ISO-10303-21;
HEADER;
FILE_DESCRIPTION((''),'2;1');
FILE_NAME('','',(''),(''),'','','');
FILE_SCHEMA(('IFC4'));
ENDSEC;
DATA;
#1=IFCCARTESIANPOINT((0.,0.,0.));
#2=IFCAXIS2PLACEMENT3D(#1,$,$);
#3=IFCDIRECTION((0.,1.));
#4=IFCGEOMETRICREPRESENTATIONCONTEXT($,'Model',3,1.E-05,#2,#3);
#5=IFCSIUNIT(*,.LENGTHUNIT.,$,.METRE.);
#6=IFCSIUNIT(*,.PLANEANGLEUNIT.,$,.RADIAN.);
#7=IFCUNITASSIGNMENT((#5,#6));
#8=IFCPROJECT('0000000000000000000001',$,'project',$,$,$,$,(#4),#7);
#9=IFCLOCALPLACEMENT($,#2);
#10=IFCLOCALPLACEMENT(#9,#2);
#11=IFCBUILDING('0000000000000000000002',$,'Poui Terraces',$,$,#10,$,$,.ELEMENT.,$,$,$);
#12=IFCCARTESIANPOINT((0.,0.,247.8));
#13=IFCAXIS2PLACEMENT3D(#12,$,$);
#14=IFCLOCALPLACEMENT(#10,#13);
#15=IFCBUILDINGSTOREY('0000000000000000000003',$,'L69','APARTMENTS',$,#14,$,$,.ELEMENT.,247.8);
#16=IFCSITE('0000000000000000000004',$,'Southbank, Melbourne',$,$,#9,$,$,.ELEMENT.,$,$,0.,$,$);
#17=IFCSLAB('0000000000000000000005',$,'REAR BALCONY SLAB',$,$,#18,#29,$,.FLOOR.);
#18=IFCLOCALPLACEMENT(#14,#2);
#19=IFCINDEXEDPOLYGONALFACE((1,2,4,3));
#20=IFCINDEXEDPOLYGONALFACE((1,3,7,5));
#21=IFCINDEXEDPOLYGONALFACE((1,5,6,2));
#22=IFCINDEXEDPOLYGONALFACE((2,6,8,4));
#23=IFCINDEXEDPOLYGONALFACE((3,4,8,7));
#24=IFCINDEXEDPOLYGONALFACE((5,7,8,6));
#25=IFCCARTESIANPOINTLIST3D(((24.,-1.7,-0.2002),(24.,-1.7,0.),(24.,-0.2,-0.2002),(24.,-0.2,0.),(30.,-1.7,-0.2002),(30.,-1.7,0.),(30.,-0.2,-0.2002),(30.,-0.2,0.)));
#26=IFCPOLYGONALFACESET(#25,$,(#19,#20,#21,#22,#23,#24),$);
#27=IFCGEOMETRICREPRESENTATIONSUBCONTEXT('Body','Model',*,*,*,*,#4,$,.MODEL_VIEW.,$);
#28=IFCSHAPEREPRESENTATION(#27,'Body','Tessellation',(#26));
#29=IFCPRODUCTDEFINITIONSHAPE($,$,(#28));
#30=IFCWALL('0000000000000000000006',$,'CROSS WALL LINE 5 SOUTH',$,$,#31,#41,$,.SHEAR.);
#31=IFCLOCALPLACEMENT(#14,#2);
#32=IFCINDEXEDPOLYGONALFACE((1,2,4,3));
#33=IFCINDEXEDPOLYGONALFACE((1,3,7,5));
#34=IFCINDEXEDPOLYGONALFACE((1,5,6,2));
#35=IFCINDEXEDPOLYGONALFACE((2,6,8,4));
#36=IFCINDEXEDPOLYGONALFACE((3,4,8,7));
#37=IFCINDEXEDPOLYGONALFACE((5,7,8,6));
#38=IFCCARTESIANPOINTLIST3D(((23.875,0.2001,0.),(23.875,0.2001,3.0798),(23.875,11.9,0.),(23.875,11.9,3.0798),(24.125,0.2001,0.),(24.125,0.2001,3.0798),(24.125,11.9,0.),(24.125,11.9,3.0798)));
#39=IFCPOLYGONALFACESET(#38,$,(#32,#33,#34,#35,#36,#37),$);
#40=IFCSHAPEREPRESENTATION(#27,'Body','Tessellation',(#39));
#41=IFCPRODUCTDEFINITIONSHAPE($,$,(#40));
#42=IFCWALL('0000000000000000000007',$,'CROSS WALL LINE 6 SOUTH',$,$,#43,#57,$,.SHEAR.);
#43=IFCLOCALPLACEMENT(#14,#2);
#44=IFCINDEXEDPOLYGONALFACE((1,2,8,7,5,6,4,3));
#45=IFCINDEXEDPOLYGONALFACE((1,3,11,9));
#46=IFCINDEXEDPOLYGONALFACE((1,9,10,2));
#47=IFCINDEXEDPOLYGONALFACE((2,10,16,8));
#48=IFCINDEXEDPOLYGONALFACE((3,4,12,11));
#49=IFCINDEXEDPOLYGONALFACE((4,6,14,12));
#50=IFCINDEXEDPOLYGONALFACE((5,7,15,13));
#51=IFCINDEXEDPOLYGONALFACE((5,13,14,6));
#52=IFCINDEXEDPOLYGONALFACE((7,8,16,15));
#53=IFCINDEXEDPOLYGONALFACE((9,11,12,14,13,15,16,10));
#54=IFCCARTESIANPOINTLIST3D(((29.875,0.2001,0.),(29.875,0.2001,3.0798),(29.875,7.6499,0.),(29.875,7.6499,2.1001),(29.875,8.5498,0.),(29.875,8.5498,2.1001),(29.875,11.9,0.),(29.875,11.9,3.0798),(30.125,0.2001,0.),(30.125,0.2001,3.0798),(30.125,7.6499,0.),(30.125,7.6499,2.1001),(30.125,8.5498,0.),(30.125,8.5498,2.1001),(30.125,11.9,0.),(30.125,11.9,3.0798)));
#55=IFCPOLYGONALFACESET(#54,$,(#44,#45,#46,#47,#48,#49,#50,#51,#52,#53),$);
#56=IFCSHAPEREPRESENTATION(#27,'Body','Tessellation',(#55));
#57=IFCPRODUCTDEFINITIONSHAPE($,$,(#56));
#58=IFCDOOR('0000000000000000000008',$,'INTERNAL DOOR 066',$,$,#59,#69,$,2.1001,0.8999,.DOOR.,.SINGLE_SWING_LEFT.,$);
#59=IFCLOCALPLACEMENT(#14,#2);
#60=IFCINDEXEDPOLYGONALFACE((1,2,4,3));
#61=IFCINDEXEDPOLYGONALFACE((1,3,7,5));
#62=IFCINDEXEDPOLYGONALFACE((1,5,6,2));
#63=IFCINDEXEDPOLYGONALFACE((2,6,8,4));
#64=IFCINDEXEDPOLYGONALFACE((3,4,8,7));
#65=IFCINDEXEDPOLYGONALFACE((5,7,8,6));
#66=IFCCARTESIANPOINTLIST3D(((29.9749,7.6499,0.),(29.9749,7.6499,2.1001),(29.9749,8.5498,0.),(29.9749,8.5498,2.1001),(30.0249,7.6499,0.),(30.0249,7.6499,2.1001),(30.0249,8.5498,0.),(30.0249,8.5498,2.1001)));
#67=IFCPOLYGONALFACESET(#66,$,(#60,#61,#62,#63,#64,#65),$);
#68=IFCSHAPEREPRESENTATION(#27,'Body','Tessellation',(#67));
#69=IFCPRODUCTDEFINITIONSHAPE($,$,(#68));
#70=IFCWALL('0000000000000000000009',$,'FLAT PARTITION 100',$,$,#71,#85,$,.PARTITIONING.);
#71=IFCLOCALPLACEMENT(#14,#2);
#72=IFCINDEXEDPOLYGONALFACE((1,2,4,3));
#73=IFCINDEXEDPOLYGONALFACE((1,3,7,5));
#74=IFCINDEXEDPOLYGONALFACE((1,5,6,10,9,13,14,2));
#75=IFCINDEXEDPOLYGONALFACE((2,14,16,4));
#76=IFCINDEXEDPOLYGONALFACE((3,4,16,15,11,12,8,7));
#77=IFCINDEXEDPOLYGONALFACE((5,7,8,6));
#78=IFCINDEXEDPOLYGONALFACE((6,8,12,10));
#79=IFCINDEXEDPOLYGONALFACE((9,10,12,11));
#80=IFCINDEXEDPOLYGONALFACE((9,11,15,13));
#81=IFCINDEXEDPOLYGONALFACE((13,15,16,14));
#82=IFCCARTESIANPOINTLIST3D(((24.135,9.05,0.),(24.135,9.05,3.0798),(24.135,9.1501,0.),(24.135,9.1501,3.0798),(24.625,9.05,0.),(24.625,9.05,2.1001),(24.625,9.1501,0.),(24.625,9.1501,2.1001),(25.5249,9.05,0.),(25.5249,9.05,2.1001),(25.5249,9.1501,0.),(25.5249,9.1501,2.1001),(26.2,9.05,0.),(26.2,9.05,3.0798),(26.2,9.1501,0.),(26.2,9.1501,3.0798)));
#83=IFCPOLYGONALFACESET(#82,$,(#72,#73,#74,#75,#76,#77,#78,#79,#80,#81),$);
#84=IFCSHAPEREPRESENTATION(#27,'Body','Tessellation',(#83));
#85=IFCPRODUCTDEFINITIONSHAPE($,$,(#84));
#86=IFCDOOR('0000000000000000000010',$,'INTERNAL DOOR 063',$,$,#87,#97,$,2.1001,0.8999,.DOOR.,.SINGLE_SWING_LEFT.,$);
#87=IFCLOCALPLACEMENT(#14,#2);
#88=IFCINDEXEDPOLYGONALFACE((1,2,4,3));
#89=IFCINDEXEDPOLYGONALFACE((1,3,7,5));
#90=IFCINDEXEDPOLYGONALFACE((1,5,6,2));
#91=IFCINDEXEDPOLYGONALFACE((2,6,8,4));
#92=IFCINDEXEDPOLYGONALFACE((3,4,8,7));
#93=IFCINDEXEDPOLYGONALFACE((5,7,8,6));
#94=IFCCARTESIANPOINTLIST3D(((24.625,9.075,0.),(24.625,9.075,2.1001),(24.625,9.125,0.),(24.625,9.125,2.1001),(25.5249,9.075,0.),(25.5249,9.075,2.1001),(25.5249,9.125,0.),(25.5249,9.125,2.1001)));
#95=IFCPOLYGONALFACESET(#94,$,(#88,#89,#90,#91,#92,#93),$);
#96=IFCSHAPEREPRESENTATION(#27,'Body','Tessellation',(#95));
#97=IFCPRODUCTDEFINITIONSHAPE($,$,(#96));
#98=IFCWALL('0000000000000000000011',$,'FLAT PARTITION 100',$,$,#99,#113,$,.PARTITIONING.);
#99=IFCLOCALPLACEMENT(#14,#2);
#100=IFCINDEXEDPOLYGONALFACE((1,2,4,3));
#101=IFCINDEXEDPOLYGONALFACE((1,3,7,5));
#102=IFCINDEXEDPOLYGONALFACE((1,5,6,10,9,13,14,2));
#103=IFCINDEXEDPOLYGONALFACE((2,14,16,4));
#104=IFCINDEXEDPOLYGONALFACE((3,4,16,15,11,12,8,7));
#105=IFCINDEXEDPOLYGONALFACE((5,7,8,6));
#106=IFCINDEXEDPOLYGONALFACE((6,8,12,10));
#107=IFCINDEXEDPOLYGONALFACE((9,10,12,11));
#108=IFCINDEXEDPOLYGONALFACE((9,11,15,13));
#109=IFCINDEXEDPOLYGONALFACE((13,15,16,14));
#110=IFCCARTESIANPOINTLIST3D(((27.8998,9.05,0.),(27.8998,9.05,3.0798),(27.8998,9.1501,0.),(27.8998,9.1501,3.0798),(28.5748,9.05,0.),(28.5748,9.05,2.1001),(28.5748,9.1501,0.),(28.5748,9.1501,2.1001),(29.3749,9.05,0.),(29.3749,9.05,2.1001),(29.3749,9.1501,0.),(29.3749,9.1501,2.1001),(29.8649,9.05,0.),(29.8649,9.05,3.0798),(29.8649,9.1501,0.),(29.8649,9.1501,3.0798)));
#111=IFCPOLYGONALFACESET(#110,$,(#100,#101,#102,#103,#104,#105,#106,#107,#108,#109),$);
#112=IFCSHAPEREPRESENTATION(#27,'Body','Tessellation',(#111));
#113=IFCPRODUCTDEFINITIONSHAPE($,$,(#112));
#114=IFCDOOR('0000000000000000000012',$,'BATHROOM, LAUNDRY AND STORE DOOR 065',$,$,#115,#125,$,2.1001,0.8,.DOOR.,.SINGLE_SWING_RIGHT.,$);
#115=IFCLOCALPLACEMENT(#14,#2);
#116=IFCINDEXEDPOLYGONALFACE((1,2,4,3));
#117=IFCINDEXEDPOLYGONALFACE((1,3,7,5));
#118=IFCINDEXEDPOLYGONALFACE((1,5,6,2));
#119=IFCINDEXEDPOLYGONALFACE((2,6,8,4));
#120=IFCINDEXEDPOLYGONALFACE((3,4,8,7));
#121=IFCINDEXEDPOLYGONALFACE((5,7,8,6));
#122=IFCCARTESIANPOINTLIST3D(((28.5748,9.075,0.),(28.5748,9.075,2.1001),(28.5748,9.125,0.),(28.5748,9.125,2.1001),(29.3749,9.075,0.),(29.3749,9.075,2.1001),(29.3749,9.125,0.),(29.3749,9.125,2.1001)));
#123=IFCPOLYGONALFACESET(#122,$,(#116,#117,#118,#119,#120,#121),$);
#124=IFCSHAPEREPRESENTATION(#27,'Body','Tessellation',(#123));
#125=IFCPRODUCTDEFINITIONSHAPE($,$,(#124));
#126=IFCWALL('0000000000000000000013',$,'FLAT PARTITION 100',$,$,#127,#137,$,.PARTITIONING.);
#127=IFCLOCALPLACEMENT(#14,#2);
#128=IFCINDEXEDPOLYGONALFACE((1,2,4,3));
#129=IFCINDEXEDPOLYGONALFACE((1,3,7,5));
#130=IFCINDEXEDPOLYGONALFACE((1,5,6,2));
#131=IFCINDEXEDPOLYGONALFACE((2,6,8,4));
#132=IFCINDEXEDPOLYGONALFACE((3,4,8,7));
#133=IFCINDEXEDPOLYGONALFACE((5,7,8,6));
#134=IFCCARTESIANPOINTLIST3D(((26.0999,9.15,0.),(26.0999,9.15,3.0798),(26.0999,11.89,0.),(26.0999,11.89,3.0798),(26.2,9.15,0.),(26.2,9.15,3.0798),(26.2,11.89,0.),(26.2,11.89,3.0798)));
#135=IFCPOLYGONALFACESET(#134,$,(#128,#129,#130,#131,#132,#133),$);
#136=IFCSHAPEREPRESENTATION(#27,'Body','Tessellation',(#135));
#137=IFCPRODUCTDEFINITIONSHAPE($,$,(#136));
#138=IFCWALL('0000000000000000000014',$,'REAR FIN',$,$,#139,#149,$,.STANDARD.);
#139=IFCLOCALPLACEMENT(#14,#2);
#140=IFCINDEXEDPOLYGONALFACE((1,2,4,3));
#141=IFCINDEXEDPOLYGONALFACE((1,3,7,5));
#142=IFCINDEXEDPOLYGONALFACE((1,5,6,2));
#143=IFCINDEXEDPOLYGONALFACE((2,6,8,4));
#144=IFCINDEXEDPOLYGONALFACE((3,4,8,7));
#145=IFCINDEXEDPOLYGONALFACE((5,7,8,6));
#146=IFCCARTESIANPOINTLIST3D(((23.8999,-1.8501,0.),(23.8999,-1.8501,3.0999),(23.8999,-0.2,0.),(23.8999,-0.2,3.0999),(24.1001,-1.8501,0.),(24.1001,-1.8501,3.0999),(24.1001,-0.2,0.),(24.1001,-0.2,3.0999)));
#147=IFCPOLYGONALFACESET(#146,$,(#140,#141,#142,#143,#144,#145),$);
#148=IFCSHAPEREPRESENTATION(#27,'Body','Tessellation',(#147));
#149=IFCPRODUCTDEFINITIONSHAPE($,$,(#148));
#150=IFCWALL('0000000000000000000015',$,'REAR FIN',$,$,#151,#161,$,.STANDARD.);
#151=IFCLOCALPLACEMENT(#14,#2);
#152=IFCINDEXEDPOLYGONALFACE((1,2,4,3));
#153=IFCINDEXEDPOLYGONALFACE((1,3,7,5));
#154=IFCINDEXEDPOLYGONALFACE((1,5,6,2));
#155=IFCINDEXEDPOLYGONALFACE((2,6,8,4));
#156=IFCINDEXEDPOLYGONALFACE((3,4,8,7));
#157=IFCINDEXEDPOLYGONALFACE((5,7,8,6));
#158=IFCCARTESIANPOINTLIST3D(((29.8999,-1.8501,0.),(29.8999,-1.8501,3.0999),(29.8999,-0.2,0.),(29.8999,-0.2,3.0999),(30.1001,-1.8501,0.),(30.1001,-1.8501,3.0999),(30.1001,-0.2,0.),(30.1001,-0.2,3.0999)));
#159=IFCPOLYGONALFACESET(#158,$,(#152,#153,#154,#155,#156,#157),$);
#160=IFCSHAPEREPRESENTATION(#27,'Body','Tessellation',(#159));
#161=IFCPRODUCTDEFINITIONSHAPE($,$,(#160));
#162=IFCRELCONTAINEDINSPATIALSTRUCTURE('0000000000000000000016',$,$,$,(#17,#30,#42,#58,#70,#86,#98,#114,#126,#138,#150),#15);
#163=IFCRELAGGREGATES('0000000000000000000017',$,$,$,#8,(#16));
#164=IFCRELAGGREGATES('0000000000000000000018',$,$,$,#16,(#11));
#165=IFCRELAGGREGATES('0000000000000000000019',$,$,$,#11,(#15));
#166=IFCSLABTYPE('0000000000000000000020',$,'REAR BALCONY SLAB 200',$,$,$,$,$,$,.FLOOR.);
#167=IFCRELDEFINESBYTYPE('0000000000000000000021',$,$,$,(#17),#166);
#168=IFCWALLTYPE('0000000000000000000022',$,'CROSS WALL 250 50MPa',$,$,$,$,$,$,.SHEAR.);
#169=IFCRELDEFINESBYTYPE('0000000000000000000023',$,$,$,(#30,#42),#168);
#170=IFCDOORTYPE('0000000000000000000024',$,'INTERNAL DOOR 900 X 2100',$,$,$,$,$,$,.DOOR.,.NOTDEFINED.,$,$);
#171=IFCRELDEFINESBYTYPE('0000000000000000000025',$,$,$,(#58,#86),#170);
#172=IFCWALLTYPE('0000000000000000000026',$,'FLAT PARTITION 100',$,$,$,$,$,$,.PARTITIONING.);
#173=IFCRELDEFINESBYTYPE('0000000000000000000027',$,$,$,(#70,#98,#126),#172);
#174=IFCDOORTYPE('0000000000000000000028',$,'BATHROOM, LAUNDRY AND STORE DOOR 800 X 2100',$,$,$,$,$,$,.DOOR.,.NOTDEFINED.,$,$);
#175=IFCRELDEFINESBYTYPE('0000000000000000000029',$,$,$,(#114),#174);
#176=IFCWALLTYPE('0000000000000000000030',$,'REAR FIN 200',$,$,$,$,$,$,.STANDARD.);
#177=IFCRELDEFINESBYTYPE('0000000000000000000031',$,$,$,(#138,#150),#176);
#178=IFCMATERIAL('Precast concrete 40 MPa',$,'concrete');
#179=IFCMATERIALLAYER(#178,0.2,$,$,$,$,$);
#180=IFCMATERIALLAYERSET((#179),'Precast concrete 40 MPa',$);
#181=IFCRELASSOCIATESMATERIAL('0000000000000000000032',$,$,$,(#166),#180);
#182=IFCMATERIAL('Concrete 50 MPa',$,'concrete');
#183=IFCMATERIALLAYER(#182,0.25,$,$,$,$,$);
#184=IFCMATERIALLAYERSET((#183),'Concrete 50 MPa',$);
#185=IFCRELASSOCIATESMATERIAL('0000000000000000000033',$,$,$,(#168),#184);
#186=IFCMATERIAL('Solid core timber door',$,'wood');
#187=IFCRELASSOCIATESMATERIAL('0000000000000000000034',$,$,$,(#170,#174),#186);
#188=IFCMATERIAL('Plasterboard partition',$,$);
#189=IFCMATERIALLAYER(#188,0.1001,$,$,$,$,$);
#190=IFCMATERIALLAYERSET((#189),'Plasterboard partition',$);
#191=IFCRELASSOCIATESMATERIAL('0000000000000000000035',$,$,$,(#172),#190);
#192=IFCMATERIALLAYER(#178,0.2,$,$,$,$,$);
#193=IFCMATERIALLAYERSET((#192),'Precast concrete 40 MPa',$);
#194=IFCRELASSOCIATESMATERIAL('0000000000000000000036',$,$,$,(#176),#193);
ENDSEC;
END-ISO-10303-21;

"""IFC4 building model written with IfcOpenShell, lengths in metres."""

from ifc_helpers import new_model, si_unit, direction, frame, frame_2d, origin, place, context, subcontext, project, spatial, polyline, rectangle, outline, extrude, source, transform, mapped, material, layer, layer_set, type_object, element, fill, save


model = new_model("IFC4")

# Units and contexts
model_context = context("Model", 3, precision=1e-05, world=origin(), true_north=direction((0.0, 1.0)))
body_context = subcontext(model_context, "Body", "Model", "MODEL_VIEW")
ifc_project = project(units=[si_unit("LENGTHUNIT", "METRE"), si_unit("PLANEANGLEUNIT", "RADIAN")], contexts=[model_context])

# Site, building, storey
site_placement = place(None, origin())
site = spatial("IfcSite", under=ifc_project, at=site_placement, Name="Southbank, Melbourne", CompositionType="ELEMENT", RefElevation=0.0)
building_placement = place(site_placement, origin())
building = spatial("IfcBuilding", under=site, at=building_placement, Name="Poui Terraces", CompositionType="ELEMENT")
storey_placement = place(building_placement, frame((0.0, 0.0, 247.8)))
storey = spatial("IfcBuildingStorey", under=building, at=storey_placement, Name="L69", Description="APARTMENTS", CompositionType="ELEMENT", Elevation=247.8)

# Slab
ifc_material_1 = material(Name="Precast concrete 40 MPa", Category="concrete")
ifc_layer_1 = layer(ifc_material_1, 0.2)
ifc_layer_set_1 = layer_set([ifc_layer_1], Name="Precast concrete 40 MPa")
slab_type = type_object("IfcSlabType", Name="REAR BALCONY SLAB 200", PredefinedType="FLOOR", material=ifc_layer_set_1)
shared_shape_1 = source(origin(), body_context, "Body", "SweptSolid", [
    extrude(outline(polyline([(0.0, 0.0), (6.0, 0.0), (6.0, 1.5), (0.0, 1.5), (0.0, 0.0)])), origin(), (0.0, 0.0, 1.0), 0.2002),
])
slab_placement = place(storey_placement, frame((24.0, -1.7, -0.2002)))
element("IfcSlab", 1, at=slab_placement, inside=storey, type_object=slab_type, Name="REAR BALCONY SLAB", PredefinedType="FLOOR", context=body_context, shape_type="MappedRepresentation", body=[
    mapped(shared_shape_1, transform((0.0, 0.0, 0.0))),
])

# Wall
ifc_material_2 = material(Name="Concrete 50 MPa", Category="concrete")
ifc_layer_2 = layer(ifc_material_2, 0.25)
ifc_layer_set_2 = layer_set([ifc_layer_2], Name="Concrete 50 MPa")
wall_type_1 = type_object("IfcWallType", Name="CROSS WALL 250 50MPa", PredefinedType="SHEAR", material=ifc_layer_set_2)
wall_1_placement = place(storey_placement, frame((24.0, 0.2, 0.0), z_axis=(0.0, 0.0, 1.0), x_axis=(0.0, 1.0, 0.0)))
element("IfcWall", 2, at=wall_1_placement, inside=storey, type_object=wall_type_1, Name="CROSS WALL LINE 5 SOUTH", PredefinedType="SHEAR", context=body_context, shape_type="SweptSolid", body=[
    extrude(rectangle(XDim=11.7, YDim=0.25, at=frame_2d((5.8501, 0.0))), origin(), (0.0, 0.0, 1.0), 3.0798),
])

# Walls, openings, doors
wall_2_placement = place(storey_placement, frame((30.0, 0.2, 0.0), z_axis=(0.0, 0.0, 1.0), x_axis=(0.0, 1.0, 0.0)))
wall_2 = element("IfcWall", 3, at=wall_2_placement, inside=storey, type_object=wall_type_1, Name="CROSS WALL LINE 6 SOUTH", PredefinedType="SHEAR", context=body_context, shape_type="SweptSolid", body=[
    extrude(rectangle(XDim=11.7, YDim=0.25, at=frame_2d((5.8501, 0.0))), origin(), (0.0, 0.0, 1.0), 3.0798),
])
opening_1_placement = place(wall_2_placement, frame((7.45, 0.0, 0.0)))
opening_1 = element("IfcOpeningElement", 4, at=opening_1_placement, cuts=wall_2, PredefinedType="OPENING", context=body_context, shape_type="SweptSolid", body=[
    extrude(rectangle(XDim=0.8999, YDim=2.1001, at=frame_2d((0.45, 1.05))), frame((0.0, 0.135, 0.0), z_axis=(0.0, -1.0, 0.0), x_axis=(1.0, 0.0, 0.0)), (0.0, 0.0, 1.0), 0.27),
])
ifc_material_3 = material(Name="Solid core timber door", Category="wood")
door_type_1 = type_object("IfcDoorType", Name="INTERNAL DOOR 900 X 2100", OperationType="NOTDEFINED", PredefinedType="DOOR", material=ifc_material_3)
door_1_placement = place(opening_1_placement, frame((0.8999, 0.0, 0.0), z_axis=(0.0, 0.0, 1.0), x_axis=(-1.0, 0.0, 0.0)))
door_1 = element("IfcDoor", 5, at=door_1_placement, inside=storey, type_object=door_type_1, Name="INTERNAL DOOR 066", OperationType="SINGLE_SWING_LEFT", OverallHeight=2.1001, OverallWidth=0.8999, PredefinedType="DOOR", context=body_context, shape_type="SweptSolid", body=[
    extrude(rectangle(XDim=0.8999, YDim=2.1001, at=frame_2d((0.45, 1.05))), frame((0.0, 0.0249, 0.0), z_axis=(0.0, -1.0, 0.0), x_axis=(1.0, 0.0, 0.0)), (0.0, 0.0, 1.0), 0.05),
])
fill(opening_1, door_1)
ifc_material_4 = material(Name="Plasterboard partition")
ifc_layer_3 = layer(ifc_material_4, 0.1001)
ifc_layer_set_3 = layer_set([ifc_layer_3], Name="Plasterboard partition")
wall_type_2 = type_object("IfcWallType", Name="FLAT PARTITION 100", PredefinedType="PARTITIONING", material=ifc_layer_set_3)
wall_3_placement = place(storey_placement, frame((24.135, 9.1001, 0.0), z_axis=(0.0, 0.0, 1.0), x_axis=(1.0, 0.0, 0.0)))
wall_3 = element("IfcWall", 6, at=wall_3_placement, inside=storey, type_object=wall_type_2, Name="FLAT PARTITION 100", PredefinedType="PARTITIONING", context=body_context, shape_type="SweptSolid", body=[
    extrude(rectangle(XDim=2.0649, YDim=0.1001, at=frame_2d((1.0325, 0.0))), origin(), (0.0, 0.0, 1.0), 3.0798),
])
opening_2_placement = place(wall_3_placement, frame((0.49, 0.0, 0.0)))
opening_2 = element("IfcOpeningElement", 7, at=opening_2_placement, cuts=wall_3, PredefinedType="OPENING", context=body_context, shape_type="SweptSolid", body=[
    extrude(rectangle(XDim=0.8999, YDim=2.1001, at=frame_2d((0.45, 1.05))), frame((0.0, 0.0601, 0.0), z_axis=(0.0, -1.0, 0.0), x_axis=(1.0, 0.0, 0.0)), (0.0, 0.0, 1.0), 0.1201),
])
door_2_placement = place(opening_2_placement, origin())
door_2 = element("IfcDoor", 8, at=door_2_placement, inside=storey, type_object=door_type_1, Name="INTERNAL DOOR 063", OperationType="SINGLE_SWING_LEFT", OverallHeight=2.1001, OverallWidth=0.8999, PredefinedType="DOOR", context=body_context, shape_type="SweptSolid", body=[
    extrude(rectangle(XDim=0.8999, YDim=2.1001, at=frame_2d((0.45, 1.05))), frame((0.0, 0.0249, 0.0), z_axis=(0.0, -1.0, 0.0), x_axis=(1.0, 0.0, 0.0)), (0.0, 0.0, 1.0), 0.05),
])
fill(opening_2, door_2)
wall_4_placement = place(storey_placement, frame((27.8999, 9.1001, 0.0), z_axis=(0.0, 0.0, 1.0), x_axis=(1.0, 0.0, 0.0)))
wall_4 = element("IfcWall", 9, at=wall_4_placement, inside=storey, type_object=wall_type_2, Name="FLAT PARTITION 100", PredefinedType="PARTITIONING", context=body_context, shape_type="SweptSolid", body=[
    extrude(rectangle(XDim=1.9651, YDim=0.1001, at=frame_2d((0.9824, 0.0))), origin(), (0.0, 0.0, 1.0), 3.0798),
])
opening_3_placement = place(wall_4_placement, frame((0.675, 0.0, 0.0)))
opening_3 = element("IfcOpeningElement", 10, at=opening_3_placement, cuts=wall_4, PredefinedType="OPENING", context=body_context, shape_type="SweptSolid", body=[
    extrude(rectangle(XDim=0.8, YDim=2.1001, at=frame_2d((0.3999, 1.05))), frame((0.0, 0.0601, 0.0), z_axis=(0.0, -1.0, 0.0), x_axis=(1.0, 0.0, 0.0)), (0.0, 0.0, 1.0), 0.1201),
])
door_type_2 = type_object("IfcDoorType", Name="BATHROOM, LAUNDRY AND STORE DOOR 800 X 2100", OperationType="NOTDEFINED", PredefinedType="DOOR", material=ifc_material_3)
door_3_placement = place(opening_3_placement, origin())
door_3 = element("IfcDoor", 11, at=door_3_placement, inside=storey, type_object=door_type_2, Name="BATHROOM, LAUNDRY AND STORE DOOR 065", OperationType="SINGLE_SWING_RIGHT", OverallHeight=2.1001, OverallWidth=0.8, PredefinedType="DOOR", context=body_context, shape_type="SweptSolid", body=[
    extrude(rectangle(XDim=0.8, YDim=2.1001, at=frame_2d((0.3999, 1.05))), frame((0.0, 0.0249, 0.0), z_axis=(0.0, -1.0, 0.0), x_axis=(1.0, 0.0, 0.0)), (0.0, 0.0, 1.0), 0.05),
])
fill(opening_3, door_3)

# Walls
wall_5_placement = place(storey_placement, frame((26.1499, 9.1499, 0.0), z_axis=(0.0, 0.0, 1.0), x_axis=(0.0, 1.0, 0.0)))
element("IfcWall", 12, at=wall_5_placement, inside=storey, type_object=wall_type_2, Name="FLAT PARTITION 100", PredefinedType="PARTITIONING", context=body_context, shape_type="SweptSolid", body=[
    extrude(rectangle(XDim=2.74, YDim=0.1001, at=frame_2d((1.3701, 0.0))), origin(), (0.0, 0.0, 1.0), 3.0798),
])
ifc_layer_4 = layer(ifc_material_1, 0.2)
ifc_layer_set_4 = layer_set([ifc_layer_4], Name="Precast concrete 40 MPa")
wall_type_3 = type_object("IfcWallType", Name="REAR FIN 200", PredefinedType="STANDARD", material=ifc_layer_set_4)
shared_shape_2 = source(origin(), body_context, "Body", "SweptSolid", [
    extrude(outline(polyline([(0.0, 0.0), (0.2002, 0.0), (0.2002, 1.6501), (0.0, 1.6501), (0.0, 0.0)])), origin(), (0.0, 0.0, 1.0), 3.0999),
])
for number, where, name in (
    (13, (23.8999, -1.8501, 0.0), "REAR FIN"),
    (14, (29.8999, -1.8501, 0.0), "REAR FIN"),
):
    element("IfcWall", number, at=place(storey_placement, frame(where)), inside=storey, type_object=wall_type_3, Name=name, PredefinedType="STANDARD", context=body_context, shape_type="MappedRepresentation", body=[
        mapped(shared_shape_2, transform((0.0, 0.0, 0.0))),
    ])

save(model, "model.ifc")
